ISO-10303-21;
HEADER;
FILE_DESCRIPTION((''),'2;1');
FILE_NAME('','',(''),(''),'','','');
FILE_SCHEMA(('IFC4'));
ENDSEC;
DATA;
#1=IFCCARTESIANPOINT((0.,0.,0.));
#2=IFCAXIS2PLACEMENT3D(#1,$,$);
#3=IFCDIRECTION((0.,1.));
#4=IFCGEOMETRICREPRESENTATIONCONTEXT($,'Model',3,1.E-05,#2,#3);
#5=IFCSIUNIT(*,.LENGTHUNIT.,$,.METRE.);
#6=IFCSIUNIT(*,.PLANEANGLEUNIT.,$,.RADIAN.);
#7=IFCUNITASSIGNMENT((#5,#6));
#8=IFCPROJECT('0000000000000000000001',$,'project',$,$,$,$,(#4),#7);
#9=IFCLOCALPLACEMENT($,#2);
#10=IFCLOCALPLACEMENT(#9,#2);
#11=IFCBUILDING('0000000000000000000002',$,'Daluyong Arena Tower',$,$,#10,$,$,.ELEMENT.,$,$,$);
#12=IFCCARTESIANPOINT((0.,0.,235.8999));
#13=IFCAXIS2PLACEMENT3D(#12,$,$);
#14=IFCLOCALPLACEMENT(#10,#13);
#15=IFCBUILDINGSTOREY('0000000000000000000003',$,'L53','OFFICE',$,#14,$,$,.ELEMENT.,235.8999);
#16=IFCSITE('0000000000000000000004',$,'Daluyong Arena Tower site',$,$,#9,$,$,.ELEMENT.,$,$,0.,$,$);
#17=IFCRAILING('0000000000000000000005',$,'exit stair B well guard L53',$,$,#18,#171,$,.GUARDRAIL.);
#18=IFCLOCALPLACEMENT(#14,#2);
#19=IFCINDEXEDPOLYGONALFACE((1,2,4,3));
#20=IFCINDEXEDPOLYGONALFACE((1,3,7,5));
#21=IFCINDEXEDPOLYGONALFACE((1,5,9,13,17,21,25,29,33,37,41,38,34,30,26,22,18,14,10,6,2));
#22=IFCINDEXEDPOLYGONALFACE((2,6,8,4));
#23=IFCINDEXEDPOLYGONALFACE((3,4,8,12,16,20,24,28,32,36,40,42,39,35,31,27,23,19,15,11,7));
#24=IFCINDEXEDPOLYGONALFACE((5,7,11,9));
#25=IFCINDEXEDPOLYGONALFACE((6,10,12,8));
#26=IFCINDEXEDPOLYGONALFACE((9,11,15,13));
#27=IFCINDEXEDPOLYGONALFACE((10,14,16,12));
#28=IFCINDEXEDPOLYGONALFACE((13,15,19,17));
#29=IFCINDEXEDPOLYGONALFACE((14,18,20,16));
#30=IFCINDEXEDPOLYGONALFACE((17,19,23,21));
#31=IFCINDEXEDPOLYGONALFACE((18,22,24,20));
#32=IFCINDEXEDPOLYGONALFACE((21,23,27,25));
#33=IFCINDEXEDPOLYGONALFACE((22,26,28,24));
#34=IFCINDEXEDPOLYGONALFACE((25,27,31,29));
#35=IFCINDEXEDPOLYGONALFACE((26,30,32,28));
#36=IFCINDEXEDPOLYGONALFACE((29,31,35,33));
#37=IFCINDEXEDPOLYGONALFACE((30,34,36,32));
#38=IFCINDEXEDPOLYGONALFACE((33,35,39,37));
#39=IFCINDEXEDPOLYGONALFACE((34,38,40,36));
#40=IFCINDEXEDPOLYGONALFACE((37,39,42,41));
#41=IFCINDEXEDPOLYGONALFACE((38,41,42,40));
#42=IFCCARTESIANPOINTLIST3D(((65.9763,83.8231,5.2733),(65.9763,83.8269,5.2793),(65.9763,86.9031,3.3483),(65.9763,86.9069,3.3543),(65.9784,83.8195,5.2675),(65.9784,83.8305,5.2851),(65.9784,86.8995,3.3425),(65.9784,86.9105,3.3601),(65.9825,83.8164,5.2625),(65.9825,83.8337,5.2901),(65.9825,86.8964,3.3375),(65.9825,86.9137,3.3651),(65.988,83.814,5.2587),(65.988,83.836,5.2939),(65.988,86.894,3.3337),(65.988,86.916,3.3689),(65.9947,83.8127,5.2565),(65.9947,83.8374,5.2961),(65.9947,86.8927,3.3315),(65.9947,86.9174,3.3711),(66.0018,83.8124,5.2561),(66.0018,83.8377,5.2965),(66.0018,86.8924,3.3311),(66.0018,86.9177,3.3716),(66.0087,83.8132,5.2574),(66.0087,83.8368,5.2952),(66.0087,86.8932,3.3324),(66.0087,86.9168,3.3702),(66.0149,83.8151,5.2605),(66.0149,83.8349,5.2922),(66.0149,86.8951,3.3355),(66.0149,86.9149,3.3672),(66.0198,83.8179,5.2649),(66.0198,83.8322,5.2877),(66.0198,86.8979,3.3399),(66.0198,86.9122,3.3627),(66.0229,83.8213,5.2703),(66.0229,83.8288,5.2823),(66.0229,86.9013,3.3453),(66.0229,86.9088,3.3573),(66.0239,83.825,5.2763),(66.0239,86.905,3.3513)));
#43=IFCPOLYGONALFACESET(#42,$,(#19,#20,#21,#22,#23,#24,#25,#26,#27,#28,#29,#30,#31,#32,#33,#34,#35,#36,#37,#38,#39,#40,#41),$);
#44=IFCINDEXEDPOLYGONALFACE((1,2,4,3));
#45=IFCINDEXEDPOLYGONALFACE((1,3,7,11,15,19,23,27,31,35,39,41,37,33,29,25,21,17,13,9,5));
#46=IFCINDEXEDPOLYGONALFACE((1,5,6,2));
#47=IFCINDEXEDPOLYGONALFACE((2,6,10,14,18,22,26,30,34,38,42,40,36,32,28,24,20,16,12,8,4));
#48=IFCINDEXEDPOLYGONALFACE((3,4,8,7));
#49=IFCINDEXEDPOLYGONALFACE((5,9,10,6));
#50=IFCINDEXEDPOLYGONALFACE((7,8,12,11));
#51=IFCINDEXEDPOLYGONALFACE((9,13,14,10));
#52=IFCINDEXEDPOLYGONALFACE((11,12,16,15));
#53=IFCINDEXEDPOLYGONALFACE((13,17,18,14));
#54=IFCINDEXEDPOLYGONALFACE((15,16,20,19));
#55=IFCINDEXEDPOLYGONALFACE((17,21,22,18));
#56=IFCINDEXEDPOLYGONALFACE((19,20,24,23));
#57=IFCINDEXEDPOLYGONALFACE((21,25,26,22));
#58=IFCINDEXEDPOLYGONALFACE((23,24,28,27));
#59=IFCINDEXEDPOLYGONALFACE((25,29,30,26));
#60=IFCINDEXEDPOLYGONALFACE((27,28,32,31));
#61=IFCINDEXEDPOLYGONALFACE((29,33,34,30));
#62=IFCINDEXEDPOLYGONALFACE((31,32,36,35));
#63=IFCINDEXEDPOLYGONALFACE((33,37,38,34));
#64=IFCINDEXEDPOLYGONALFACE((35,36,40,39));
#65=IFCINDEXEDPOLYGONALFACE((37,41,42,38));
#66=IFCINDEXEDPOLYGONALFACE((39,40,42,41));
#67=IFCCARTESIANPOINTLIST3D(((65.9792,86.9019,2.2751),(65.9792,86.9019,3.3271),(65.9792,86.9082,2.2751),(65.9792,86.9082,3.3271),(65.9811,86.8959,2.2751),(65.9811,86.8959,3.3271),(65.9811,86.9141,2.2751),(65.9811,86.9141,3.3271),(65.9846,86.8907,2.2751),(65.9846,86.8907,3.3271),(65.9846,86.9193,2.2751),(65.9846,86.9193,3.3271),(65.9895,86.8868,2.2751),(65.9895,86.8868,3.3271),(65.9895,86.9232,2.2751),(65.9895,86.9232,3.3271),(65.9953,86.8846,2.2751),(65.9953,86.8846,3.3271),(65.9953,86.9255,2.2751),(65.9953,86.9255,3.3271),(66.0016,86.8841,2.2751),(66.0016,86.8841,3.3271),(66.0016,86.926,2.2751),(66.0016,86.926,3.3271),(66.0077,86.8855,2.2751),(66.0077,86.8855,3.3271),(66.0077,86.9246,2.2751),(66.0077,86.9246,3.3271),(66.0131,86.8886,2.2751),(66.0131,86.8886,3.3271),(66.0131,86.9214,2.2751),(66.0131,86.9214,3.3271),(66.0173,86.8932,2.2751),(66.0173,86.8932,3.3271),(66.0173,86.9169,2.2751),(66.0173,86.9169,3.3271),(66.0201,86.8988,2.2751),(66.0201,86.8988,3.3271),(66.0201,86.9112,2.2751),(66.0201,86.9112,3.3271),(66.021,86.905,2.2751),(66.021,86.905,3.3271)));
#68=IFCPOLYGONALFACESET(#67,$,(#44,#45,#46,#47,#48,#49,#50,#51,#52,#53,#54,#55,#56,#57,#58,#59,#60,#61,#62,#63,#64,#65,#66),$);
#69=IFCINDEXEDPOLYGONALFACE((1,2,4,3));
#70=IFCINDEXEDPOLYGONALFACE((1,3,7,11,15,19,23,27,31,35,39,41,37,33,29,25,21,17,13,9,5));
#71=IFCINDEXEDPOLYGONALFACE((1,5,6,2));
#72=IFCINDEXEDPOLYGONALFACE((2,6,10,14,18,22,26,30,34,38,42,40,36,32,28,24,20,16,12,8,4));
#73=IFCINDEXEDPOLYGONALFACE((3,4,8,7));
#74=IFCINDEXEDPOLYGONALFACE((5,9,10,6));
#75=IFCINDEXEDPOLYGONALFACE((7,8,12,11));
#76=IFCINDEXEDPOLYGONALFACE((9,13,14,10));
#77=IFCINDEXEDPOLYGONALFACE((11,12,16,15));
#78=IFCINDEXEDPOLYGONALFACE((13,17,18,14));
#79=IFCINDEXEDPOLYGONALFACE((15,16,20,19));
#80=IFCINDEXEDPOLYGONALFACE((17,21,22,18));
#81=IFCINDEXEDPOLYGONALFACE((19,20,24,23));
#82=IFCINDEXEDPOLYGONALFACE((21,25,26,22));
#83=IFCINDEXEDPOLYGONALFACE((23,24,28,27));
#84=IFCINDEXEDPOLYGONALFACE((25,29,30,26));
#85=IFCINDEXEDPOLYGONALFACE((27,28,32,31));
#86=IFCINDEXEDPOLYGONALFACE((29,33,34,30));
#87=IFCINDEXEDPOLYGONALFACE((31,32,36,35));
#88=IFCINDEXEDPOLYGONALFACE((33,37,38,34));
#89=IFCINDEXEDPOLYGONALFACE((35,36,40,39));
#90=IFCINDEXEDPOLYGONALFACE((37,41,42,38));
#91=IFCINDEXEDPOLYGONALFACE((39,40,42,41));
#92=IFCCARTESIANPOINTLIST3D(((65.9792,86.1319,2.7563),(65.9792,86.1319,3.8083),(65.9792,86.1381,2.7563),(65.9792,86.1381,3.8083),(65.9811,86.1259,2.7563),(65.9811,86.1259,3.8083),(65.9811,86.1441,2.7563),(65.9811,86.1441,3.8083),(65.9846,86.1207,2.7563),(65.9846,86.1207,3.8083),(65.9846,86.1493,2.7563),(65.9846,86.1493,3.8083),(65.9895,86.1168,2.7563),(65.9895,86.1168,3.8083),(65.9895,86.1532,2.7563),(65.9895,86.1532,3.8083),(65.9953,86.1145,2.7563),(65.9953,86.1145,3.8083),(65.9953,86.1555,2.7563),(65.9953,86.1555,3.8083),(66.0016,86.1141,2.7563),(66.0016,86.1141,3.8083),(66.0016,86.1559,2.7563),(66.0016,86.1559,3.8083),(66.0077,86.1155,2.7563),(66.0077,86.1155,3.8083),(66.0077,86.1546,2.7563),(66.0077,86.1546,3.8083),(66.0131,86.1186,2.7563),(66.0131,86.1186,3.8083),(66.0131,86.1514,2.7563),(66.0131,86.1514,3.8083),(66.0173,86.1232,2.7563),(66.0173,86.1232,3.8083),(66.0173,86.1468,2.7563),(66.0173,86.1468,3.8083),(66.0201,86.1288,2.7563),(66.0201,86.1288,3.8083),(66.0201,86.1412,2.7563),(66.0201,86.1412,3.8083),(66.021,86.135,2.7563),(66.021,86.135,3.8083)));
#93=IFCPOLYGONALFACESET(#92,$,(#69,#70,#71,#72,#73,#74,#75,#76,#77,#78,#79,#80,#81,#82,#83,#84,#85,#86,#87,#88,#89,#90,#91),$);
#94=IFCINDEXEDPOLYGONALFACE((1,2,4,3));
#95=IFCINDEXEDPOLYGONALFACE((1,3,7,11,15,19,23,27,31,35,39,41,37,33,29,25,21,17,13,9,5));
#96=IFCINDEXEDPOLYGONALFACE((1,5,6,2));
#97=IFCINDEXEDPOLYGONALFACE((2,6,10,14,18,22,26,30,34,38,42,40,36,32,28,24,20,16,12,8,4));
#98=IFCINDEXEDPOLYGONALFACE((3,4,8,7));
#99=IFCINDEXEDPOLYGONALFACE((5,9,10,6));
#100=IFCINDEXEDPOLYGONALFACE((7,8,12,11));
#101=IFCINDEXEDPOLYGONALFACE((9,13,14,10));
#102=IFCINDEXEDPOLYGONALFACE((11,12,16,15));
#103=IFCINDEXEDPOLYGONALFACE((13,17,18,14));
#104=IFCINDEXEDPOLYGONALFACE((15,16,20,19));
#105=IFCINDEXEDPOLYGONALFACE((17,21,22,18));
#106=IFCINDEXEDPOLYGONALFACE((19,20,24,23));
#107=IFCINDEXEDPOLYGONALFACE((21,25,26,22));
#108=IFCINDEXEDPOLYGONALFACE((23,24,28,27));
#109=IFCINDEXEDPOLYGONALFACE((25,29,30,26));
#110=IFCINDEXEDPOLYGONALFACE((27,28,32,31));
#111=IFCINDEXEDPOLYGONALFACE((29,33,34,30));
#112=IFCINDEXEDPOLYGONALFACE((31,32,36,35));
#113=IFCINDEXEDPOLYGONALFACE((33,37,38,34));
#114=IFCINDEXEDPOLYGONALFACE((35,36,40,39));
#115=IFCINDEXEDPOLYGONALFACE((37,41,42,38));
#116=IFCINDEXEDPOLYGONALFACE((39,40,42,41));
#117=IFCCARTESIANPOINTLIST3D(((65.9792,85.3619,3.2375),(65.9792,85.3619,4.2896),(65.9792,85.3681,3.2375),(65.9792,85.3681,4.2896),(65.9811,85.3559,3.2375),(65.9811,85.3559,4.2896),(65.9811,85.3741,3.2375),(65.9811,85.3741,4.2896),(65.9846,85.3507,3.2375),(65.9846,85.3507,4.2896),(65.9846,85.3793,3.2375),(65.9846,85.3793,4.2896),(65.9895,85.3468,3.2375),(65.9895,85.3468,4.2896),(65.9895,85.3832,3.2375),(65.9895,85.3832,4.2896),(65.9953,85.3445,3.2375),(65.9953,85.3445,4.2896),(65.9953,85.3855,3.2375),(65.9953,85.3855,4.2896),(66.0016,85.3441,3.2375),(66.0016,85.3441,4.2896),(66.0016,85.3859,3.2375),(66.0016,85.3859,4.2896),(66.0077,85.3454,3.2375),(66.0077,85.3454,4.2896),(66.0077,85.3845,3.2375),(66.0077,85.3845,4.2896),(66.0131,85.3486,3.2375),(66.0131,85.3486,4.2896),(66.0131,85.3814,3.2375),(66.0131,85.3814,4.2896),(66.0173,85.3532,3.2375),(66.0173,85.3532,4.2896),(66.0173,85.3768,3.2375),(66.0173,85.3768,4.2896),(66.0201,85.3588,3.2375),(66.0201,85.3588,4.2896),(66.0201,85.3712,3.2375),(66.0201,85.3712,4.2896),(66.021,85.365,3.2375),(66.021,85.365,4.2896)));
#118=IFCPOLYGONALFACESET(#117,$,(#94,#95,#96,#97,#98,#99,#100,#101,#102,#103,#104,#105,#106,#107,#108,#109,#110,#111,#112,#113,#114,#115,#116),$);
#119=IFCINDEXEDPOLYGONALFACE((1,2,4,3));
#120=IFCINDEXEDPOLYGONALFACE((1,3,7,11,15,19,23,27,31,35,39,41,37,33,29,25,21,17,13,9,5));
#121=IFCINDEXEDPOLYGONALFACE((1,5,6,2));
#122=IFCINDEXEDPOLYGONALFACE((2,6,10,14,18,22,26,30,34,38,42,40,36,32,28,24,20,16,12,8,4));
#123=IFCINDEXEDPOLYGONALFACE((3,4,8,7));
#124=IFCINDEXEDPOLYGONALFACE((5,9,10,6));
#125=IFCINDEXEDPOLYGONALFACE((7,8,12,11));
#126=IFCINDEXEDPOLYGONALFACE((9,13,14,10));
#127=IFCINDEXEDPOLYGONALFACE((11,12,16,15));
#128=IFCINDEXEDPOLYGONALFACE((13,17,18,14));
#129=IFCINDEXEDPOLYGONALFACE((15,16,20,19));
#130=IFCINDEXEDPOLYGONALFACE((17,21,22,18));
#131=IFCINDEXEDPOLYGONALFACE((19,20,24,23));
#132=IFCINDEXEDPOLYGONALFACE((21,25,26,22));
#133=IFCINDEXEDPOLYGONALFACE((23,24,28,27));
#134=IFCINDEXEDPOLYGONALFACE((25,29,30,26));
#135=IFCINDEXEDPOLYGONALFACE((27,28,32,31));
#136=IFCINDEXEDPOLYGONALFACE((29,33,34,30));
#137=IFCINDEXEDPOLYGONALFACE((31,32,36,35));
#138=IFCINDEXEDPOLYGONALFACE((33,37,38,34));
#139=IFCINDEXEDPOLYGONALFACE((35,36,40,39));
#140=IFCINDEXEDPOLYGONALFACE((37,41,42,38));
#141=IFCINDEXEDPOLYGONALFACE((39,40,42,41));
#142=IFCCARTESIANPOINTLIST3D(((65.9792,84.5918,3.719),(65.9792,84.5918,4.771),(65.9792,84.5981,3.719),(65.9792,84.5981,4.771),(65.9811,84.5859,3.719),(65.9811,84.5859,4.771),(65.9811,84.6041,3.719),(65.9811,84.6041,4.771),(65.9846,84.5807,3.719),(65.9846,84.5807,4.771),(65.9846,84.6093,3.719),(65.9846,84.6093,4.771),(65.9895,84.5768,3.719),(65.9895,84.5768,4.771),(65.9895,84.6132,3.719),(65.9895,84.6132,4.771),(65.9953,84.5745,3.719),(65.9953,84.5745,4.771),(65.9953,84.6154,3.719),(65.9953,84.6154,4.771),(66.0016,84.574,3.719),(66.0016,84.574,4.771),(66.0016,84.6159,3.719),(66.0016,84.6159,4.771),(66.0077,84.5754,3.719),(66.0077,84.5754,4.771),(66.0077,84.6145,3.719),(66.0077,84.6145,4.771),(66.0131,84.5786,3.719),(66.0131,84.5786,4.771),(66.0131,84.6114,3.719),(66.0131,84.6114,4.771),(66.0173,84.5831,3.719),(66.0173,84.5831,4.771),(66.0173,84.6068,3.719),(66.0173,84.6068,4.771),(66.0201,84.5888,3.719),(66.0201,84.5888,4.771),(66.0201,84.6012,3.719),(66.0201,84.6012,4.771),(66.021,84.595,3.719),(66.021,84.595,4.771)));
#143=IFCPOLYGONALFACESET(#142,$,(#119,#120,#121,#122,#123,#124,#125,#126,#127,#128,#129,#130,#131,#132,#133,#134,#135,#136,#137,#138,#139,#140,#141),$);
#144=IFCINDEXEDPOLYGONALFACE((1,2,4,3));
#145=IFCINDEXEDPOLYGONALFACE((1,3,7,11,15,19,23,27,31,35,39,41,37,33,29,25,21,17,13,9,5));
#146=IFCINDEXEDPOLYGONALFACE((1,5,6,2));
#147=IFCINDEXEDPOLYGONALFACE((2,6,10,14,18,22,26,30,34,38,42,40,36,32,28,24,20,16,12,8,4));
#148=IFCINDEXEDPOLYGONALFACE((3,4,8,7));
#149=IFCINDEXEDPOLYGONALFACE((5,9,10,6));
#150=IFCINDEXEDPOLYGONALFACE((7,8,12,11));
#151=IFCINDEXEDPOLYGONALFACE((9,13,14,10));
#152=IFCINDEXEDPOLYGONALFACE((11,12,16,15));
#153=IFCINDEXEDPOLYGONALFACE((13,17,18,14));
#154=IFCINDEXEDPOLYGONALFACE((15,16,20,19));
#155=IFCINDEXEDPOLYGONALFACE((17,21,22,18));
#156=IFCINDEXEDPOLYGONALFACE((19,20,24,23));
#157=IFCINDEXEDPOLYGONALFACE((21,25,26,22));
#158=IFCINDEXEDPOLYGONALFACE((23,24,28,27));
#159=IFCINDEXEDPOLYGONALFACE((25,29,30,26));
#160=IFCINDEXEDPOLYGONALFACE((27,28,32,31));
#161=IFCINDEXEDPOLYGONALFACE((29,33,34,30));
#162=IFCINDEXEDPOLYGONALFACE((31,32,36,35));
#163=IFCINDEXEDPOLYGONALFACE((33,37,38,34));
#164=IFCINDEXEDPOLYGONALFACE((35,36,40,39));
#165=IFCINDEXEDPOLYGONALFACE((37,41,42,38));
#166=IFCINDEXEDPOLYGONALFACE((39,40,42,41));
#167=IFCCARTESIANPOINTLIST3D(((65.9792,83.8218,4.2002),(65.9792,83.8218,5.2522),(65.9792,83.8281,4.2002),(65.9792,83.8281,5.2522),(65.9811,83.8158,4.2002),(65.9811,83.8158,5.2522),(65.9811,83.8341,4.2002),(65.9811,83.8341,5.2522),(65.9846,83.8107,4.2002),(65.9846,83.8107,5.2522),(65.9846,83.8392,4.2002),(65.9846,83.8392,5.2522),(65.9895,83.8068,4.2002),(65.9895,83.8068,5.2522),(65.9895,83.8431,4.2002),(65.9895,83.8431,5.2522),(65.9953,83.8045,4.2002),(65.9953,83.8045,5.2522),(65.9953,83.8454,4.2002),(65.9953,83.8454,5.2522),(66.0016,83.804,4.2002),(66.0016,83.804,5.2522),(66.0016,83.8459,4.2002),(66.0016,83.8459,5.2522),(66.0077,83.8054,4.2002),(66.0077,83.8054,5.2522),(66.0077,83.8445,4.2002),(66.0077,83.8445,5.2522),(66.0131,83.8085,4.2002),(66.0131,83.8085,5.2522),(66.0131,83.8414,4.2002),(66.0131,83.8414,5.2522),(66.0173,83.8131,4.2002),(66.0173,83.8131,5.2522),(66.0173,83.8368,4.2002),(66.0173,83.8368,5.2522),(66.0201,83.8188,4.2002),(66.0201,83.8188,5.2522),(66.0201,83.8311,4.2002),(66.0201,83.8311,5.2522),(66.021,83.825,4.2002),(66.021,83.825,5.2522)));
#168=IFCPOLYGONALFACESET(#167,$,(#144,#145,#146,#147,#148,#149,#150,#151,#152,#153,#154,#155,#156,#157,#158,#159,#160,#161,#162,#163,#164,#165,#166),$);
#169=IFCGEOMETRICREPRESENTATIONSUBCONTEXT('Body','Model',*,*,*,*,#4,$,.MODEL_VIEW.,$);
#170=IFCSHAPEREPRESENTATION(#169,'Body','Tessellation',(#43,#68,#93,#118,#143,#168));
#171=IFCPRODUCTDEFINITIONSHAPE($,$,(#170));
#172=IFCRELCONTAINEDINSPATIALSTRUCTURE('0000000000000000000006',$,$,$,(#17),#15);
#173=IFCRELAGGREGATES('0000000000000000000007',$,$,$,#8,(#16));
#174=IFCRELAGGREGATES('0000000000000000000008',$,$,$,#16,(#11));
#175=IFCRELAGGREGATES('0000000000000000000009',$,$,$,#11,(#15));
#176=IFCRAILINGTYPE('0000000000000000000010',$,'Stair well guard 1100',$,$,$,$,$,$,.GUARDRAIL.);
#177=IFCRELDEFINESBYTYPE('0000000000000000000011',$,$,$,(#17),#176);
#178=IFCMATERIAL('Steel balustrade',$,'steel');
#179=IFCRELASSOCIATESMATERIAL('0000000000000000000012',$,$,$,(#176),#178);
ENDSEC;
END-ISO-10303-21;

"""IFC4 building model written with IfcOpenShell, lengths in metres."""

from ifc_helpers import new_model, si_unit, direction, frame, origin, origin_2d, place, context, subcontext, project, spatial, circle, extrude, material, type_object, element, save


model = new_model("IFC4")

# Units and contexts
model_context = context("Model", 3, precision=1e-05, world=origin(), true_north=direction((0.0, 1.0)))
body_context = subcontext(model_context, "Body", "Model", "MODEL_VIEW")
ifc_project = project(units=[si_unit("LENGTHUNIT", "METRE"), si_unit("PLANEANGLEUNIT", "RADIAN")], contexts=[model_context])

# Site, building, storey
site_placement = place(None, origin())
site = spatial("IfcSite", under=ifc_project, at=site_placement, Name="Daluyong Arena Tower site", CompositionType="ELEMENT", RefElevation=0.0)
building_placement = place(site_placement, origin())
building = spatial("IfcBuilding", under=site, at=building_placement, Name="Daluyong Arena Tower", CompositionType="ELEMENT")
storey_placement = place(building_placement, frame((0.0, 0.0, 235.8999)))
storey = spatial("IfcBuildingStorey", under=building, at=storey_placement, Name="L53", Description="OFFICE", CompositionType="ELEMENT", Elevation=235.8999)

# Railing
ifc_material_1 = material(Name="Steel balustrade", Category="steel")
railing_type_1 = type_object("IfcRailingType", Name="Stair well guard 1100", PredefinedType="GUARDRAIL", material=ifc_material_1)
railing_1_placement = place(storey_placement, frame((66.0, 86.905, 2.2751)))
element("IfcRailing", 1, at=railing_1_placement, inside=storey, type_object=railing_type_1, Name="exit stair B well guard L53", PredefinedType="GUARDRAIL", context=body_context, shape_type="SweptSolid", body=[
    extrude(circle(Radius=0.0239, at=origin_2d()), frame((0.0, 0.0, 1.0762), z_axis=(0.0, -0.847998, 0.529999), x_axis=(1.0, 0.0, 0.0)), (0.0, 0.0, 1.0), 3.6321),
    extrude(circle(Radius=0.021, at=origin_2d()), origin(), (0.0, 0.0, 1.0), 1.052),
    extrude(circle(Radius=0.021, at=origin_2d()), frame((0.0, -0.77, 0.4812)), (0.0, 0.0, 1.0), 1.052),
    extrude(circle(Radius=0.021, at=origin_2d()), frame((0.0, -1.54, 0.9624)), (0.0, 0.0, 1.0), 1.052),
    extrude(circle(Radius=0.021, at=origin_2d()), frame((0.0, -2.3101, 1.4438)), (0.0, 0.0, 1.0), 1.052),
    extrude(circle(Radius=0.021, at=origin_2d()), frame((0.0, -3.0801, 1.925)), (0.0, 0.0, 1.0), 1.052),
])

save(model, "model.ifc")
